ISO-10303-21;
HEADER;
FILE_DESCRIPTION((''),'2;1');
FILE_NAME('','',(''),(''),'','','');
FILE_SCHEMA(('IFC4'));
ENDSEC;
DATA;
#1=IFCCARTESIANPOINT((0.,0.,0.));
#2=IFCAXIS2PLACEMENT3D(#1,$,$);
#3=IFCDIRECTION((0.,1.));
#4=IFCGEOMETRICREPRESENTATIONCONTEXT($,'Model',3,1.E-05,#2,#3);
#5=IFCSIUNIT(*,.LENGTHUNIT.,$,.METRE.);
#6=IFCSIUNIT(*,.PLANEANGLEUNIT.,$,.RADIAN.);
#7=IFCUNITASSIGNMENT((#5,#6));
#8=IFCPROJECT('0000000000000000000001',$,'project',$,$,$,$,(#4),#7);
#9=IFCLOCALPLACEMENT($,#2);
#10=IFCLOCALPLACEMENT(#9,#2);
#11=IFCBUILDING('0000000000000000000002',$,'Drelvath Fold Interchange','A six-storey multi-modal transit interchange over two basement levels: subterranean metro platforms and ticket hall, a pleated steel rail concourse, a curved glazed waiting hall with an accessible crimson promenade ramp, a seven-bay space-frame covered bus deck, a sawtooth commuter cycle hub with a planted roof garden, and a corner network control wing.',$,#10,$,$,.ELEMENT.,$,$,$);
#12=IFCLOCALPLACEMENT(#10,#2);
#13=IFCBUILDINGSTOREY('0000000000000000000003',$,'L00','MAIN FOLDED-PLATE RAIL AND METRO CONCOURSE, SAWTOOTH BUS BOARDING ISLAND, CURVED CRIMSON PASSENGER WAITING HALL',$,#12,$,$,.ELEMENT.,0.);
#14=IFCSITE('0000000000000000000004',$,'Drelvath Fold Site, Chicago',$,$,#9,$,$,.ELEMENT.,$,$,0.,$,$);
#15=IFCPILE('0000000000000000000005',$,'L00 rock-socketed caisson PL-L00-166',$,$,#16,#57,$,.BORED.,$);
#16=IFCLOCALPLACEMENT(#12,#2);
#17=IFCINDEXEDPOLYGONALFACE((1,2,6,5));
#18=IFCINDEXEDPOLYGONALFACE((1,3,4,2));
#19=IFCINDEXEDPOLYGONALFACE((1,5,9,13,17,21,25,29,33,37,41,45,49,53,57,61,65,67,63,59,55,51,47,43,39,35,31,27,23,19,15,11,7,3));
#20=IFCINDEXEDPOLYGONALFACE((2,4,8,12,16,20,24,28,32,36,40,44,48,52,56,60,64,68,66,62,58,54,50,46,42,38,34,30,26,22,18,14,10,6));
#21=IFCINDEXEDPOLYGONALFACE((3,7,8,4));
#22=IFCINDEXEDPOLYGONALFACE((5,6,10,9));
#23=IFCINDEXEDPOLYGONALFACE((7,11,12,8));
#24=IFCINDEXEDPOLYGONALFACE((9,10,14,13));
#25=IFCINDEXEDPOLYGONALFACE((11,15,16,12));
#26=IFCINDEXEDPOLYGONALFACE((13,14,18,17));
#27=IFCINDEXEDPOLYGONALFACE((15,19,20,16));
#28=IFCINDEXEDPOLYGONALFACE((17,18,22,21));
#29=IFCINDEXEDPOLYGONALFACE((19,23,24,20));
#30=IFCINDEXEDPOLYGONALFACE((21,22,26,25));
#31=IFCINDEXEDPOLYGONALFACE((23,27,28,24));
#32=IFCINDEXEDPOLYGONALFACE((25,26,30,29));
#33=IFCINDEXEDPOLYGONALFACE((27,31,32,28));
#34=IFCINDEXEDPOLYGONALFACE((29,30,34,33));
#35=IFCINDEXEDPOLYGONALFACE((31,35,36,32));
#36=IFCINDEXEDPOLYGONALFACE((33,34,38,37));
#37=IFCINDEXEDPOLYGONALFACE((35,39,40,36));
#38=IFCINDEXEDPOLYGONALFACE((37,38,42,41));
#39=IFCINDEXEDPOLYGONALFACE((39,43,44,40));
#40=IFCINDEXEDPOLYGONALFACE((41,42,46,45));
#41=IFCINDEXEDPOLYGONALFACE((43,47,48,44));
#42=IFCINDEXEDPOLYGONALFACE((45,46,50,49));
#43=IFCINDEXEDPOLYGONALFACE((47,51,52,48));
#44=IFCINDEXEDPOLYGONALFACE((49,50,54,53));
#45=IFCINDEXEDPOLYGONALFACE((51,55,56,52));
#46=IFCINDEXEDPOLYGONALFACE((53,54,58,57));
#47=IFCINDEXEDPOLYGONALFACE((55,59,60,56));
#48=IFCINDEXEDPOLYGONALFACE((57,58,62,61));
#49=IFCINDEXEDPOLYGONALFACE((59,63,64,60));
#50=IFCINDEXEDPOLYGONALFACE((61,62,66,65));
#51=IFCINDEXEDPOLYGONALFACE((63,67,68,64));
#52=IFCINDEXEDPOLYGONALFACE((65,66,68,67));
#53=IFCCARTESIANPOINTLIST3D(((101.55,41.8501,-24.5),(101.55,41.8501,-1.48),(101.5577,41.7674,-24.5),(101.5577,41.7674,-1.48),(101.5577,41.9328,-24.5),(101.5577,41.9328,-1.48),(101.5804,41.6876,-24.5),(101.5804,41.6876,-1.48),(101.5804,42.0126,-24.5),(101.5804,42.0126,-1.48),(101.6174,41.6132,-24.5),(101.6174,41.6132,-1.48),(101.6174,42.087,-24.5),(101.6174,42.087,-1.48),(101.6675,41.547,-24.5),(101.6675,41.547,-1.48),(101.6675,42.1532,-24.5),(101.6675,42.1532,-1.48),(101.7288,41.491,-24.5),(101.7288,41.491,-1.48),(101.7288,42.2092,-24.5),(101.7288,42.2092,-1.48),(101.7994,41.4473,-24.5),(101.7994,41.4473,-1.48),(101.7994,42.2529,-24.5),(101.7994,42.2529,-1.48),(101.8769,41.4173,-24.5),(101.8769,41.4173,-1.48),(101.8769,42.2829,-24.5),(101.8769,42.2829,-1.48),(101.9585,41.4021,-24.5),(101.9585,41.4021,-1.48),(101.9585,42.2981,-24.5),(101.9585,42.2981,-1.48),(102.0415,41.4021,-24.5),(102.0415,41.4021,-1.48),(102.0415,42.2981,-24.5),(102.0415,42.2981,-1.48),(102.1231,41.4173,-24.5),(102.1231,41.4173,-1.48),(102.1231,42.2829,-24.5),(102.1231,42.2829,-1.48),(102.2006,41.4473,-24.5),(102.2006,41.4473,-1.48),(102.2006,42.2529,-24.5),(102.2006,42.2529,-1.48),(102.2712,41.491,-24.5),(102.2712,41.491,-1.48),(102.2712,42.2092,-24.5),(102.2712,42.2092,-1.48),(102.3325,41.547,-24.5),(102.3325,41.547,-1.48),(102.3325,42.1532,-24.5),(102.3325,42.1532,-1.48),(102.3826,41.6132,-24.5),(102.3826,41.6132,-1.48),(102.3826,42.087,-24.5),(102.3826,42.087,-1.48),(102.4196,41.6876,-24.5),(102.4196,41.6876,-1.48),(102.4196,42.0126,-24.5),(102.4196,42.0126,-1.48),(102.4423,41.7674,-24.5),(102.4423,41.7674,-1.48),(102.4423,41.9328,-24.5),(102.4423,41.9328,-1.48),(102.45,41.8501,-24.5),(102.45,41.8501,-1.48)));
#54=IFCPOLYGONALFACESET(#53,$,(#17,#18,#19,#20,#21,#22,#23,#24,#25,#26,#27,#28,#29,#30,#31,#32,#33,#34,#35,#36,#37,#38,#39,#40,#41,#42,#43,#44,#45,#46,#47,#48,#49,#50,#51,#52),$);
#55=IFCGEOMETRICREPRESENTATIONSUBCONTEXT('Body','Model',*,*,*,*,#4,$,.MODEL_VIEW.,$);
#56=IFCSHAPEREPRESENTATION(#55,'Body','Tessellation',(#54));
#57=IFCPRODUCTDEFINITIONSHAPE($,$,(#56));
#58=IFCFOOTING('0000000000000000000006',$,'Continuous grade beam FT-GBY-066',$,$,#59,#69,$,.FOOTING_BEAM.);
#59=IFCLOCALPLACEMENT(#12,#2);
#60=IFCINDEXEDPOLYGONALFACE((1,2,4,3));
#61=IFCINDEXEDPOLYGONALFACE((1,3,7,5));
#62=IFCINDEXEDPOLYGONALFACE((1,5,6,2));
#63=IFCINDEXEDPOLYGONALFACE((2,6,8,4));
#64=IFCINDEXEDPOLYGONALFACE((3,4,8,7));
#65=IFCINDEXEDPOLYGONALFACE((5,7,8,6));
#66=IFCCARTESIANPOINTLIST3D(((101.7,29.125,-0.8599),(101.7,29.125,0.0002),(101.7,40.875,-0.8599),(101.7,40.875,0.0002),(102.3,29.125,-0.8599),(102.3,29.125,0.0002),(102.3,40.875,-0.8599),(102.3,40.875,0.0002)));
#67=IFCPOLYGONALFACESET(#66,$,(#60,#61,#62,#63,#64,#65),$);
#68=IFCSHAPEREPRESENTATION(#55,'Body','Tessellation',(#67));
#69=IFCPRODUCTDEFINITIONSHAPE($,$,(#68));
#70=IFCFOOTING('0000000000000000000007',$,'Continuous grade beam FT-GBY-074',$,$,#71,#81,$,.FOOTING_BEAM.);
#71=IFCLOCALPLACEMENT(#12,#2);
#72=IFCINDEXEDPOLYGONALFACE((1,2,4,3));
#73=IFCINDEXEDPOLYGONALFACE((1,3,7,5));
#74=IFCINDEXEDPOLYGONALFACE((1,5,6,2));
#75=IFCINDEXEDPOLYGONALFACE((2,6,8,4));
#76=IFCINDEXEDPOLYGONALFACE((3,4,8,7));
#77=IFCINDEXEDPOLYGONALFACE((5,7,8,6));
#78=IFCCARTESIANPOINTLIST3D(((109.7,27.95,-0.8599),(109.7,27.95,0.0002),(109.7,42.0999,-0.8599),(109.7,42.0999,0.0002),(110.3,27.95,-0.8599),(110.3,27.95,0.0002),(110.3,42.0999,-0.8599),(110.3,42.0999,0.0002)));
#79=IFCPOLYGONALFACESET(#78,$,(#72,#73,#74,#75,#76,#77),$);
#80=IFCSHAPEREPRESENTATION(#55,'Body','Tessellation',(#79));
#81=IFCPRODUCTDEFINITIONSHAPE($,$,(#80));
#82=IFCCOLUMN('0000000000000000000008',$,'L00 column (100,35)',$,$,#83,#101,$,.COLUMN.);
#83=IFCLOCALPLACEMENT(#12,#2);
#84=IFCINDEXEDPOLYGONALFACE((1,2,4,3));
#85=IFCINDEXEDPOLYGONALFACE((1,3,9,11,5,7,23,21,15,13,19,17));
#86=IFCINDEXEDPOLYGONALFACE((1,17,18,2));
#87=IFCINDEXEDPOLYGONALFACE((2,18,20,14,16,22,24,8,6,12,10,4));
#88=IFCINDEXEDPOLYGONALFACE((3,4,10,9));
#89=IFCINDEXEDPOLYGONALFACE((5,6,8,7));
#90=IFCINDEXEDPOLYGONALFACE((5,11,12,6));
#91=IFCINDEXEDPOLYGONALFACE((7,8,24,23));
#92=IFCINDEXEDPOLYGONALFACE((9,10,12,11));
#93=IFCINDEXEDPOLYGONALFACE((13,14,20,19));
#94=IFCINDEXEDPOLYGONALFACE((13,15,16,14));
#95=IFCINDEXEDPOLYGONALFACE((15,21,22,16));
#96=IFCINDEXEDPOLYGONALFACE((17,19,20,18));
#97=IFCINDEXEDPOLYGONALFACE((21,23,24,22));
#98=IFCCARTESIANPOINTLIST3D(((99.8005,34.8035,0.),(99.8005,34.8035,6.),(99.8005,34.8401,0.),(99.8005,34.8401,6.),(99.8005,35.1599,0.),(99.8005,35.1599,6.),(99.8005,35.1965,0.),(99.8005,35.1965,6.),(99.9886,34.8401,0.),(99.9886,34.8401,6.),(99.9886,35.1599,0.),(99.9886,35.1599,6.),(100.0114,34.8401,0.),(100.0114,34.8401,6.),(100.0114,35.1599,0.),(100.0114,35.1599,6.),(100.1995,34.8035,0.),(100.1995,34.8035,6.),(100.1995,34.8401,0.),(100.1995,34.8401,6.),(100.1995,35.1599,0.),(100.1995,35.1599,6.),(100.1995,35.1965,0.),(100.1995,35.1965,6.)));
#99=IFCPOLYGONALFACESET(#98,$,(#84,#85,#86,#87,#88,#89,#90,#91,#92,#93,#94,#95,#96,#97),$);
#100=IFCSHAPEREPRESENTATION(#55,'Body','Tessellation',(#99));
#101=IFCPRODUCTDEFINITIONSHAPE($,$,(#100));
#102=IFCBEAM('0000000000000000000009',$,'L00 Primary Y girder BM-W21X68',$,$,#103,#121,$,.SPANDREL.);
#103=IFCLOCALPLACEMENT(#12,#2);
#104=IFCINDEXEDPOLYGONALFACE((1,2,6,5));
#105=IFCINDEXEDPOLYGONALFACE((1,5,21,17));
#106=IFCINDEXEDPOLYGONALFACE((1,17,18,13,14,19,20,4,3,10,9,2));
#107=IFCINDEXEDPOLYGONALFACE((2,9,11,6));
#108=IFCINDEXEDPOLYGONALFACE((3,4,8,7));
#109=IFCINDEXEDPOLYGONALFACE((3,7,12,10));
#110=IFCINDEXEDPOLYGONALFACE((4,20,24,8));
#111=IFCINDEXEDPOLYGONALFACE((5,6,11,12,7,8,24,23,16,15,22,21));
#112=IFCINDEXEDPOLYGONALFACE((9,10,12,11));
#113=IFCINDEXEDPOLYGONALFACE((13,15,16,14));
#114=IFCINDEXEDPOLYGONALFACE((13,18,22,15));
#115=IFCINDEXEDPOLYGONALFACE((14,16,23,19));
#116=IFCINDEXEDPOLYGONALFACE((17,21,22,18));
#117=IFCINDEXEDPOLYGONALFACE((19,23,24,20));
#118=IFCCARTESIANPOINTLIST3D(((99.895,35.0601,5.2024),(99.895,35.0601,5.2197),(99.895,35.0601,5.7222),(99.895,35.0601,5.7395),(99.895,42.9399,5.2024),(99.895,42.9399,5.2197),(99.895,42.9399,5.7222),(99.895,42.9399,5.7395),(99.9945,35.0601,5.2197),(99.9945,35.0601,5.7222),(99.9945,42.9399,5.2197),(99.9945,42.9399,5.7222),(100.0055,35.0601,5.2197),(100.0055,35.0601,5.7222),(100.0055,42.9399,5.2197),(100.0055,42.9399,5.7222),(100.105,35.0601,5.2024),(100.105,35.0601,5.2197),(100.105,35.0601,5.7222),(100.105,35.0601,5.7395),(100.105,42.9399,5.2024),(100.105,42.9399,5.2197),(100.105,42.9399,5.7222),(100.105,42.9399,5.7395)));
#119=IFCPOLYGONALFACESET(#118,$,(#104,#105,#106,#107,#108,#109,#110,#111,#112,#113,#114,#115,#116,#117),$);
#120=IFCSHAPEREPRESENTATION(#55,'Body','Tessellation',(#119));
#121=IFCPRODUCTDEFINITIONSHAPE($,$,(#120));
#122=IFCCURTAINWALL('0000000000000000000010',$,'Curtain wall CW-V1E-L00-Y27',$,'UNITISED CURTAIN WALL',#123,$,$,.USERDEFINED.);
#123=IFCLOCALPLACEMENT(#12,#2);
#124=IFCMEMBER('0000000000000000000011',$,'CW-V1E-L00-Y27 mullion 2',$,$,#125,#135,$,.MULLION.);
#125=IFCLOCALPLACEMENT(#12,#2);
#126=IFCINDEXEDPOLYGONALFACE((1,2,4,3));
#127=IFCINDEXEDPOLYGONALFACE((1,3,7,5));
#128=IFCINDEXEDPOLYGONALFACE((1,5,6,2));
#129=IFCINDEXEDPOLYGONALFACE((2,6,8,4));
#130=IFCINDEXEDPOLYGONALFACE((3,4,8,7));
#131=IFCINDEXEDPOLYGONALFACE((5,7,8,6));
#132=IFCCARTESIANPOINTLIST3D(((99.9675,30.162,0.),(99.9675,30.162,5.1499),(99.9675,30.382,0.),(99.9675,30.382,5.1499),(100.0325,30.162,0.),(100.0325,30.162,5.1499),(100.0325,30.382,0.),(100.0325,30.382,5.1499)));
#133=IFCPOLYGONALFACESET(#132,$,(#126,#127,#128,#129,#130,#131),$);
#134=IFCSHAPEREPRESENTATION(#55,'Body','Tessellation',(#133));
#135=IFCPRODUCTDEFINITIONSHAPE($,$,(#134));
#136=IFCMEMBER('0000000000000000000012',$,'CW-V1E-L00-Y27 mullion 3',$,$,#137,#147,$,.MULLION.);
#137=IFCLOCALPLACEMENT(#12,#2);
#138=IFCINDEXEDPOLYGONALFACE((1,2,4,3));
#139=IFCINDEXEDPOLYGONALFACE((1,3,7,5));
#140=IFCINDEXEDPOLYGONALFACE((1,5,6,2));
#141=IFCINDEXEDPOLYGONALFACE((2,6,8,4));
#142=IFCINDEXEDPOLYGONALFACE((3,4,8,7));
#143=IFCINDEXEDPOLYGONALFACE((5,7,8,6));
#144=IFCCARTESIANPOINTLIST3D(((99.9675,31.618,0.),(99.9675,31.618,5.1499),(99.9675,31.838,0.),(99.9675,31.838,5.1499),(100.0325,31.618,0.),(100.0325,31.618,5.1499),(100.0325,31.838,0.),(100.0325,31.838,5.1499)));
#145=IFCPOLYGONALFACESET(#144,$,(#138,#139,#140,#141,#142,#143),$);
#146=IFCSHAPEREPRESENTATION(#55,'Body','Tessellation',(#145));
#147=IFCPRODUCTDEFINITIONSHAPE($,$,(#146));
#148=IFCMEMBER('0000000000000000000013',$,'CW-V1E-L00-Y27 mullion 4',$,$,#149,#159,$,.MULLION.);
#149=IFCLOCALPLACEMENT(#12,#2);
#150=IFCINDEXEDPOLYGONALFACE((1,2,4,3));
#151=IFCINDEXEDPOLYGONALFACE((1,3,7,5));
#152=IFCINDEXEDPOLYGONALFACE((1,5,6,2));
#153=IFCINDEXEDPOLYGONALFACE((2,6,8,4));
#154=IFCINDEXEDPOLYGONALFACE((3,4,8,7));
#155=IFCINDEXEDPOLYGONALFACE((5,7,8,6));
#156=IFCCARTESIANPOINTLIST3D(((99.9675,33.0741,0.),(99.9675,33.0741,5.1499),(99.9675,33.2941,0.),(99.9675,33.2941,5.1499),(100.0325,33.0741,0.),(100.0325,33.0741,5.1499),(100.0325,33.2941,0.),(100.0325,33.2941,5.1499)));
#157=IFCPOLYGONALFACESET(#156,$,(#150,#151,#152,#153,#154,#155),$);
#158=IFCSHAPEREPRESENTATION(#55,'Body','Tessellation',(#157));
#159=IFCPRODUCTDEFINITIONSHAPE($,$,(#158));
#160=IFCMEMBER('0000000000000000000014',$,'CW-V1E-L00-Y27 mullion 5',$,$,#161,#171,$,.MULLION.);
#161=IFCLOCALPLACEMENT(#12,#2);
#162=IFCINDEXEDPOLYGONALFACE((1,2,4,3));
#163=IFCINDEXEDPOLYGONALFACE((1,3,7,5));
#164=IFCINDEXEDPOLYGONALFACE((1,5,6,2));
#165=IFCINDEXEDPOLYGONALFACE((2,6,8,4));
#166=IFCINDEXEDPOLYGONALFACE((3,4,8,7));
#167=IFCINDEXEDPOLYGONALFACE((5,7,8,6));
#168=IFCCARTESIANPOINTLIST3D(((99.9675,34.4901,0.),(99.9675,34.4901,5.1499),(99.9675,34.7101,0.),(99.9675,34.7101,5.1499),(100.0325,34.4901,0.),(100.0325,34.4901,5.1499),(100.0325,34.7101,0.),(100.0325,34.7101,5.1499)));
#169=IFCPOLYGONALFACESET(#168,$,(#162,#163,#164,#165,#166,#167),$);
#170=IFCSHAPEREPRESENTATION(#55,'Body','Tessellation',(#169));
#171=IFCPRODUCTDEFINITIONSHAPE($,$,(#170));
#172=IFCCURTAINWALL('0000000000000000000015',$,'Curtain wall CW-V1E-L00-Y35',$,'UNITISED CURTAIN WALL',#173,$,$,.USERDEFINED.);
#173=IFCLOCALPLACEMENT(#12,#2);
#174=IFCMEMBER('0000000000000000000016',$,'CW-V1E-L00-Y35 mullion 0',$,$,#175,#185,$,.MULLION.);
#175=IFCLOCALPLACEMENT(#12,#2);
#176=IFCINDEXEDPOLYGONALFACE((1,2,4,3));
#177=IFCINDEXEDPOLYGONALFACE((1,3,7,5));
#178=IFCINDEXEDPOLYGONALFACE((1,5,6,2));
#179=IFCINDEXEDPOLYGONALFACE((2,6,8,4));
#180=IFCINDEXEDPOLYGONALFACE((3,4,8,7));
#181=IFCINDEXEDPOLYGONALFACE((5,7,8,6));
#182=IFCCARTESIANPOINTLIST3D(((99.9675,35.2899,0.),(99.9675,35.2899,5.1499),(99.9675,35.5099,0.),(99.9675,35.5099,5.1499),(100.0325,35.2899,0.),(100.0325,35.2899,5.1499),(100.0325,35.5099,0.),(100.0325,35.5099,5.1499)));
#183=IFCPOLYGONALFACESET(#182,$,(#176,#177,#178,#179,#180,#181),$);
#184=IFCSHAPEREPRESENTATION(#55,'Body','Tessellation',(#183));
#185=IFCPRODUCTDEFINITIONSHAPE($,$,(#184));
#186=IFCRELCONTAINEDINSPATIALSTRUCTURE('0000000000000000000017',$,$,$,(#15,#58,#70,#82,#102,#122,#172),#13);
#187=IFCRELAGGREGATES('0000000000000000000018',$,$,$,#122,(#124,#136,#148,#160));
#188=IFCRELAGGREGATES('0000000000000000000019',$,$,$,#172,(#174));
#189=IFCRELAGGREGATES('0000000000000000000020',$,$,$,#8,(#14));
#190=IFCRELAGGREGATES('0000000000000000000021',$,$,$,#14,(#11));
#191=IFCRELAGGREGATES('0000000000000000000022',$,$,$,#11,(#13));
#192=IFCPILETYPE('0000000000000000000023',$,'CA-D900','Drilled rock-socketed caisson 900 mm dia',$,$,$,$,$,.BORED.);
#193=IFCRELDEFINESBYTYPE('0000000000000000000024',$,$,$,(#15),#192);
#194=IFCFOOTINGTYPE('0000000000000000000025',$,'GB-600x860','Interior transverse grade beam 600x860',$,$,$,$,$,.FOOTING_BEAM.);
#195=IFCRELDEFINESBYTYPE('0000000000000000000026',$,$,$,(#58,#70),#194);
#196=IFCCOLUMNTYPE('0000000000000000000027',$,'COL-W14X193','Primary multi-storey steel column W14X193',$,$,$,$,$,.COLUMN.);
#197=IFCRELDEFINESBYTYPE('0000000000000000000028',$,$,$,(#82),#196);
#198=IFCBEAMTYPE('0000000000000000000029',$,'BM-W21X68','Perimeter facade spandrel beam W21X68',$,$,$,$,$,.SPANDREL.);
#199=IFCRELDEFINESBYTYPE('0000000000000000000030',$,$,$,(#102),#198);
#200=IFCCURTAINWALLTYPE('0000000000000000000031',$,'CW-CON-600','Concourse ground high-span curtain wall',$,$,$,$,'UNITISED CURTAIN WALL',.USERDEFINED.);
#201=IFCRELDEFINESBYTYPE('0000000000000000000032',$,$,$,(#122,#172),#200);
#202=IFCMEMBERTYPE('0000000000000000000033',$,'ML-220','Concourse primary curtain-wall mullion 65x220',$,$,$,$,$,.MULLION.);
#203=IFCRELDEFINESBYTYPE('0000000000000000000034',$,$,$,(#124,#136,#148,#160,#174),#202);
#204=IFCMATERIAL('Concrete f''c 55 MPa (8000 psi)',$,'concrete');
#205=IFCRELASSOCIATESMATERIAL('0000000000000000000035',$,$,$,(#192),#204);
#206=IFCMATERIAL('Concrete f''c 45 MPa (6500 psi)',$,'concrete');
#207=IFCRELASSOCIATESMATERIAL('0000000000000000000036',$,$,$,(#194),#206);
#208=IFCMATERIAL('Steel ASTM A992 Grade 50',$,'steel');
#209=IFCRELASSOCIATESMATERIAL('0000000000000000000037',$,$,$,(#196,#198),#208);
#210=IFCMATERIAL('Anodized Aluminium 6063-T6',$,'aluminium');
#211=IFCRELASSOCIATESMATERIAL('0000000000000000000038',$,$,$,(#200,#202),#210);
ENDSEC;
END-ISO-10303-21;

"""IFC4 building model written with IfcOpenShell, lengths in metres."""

from ifc_helpers import new_model, si_unit, direction, frame, origin, origin_2d, place, context, subcontext, project, spatial, rectangle, circle, i_section, extrude, material, material_profile, profile_set, type_object, element, aggregate, save


model = new_model("IFC4")

# Units and contexts
model_context = context("Model", 3, precision=1e-05, world=origin(), true_north=direction((0.0, 1.0)))
body_context = subcontext(model_context, "Body", "Model", "MODEL_VIEW")
ifc_project = project(units=[si_unit("LENGTHUNIT", "METRE"), si_unit("PLANEANGLEUNIT", "RADIAN")], contexts=[model_context])

# Site, building, storey
site_placement = place(None, origin())
site = spatial("IfcSite", under=ifc_project, at=site_placement, Name="Drelvath Fold Site, Chicago", CompositionType="ELEMENT", RefElevation=0.0)
building_placement = place(site_placement, origin())
building = spatial("IfcBuilding", under=site, at=building_placement, Name="Drelvath Fold Interchange", Description="A six-storey multi-modal transit interchange over two basement levels: subterranean metro platforms and ticket hall, a pleated steel rail concourse, a curved glazed waiting hall with an accessible crimson promenade ramp, a seven-bay space-frame covered bus deck, a sawtooth commuter cycle hub with a planted roof garden, and a corner network control wing.", CompositionType="ELEMENT")
storey_placement = place(building_placement, origin())
storey = spatial("IfcBuildingStorey", under=building, at=storey_placement, Name="L00", Description="MAIN FOLDED-PLATE RAIL AND METRO CONCOURSE, SAWTOOTH BUS BOARDING ISLAND, CURVED CRIMSON PASSENGER WAITING HALL", CompositionType="ELEMENT", Elevation=0.0)

# Pile
ifc_material_1 = material(Name="Concrete f'c 55 MPa (8000 psi)", Category="concrete")
ifc_material_profile_1 = material_profile(ifc_material_1, circle(Radius=0.45, at=origin_2d()), Name="CAISSON D900")
ifc_profile_set_1 = profile_set([ifc_material_profile_1], Name="Concrete f'c 55 MPa (8000 psi)")
pile_type = type_object("IfcPileType", Name="CA-D900", Description="Drilled rock-socketed caisson 900 mm dia", PredefinedType="BORED", material=ifc_profile_set_1)
pile_placement = place(storey_placement, frame((102.0, 41.8501, -1.48), z_axis=(0.0, 0.0, -1.0), x_axis=(1.0, 0.0, 0.0)))
element("IfcPile", 1, at=pile_placement, inside=storey, type_object=pile_type, Name="L00 rock-socketed caisson PL-L00-166", PredefinedType="BORED", context=body_context, shape_type="SweptSolid", body=[
    extrude(circle(Radius=0.45, at=origin_2d()), origin(), (0.0, 0.0, 1.0), 23.02),
])

# Footings
ifc_material_2 = material(Name="Concrete f'c 45 MPa (6500 psi)", Category="concrete")
footing_type = type_object("IfcFootingType", Name="GB-600x860", Description="Interior transverse grade beam 600x860", PredefinedType="FOOTING_BEAM", material=ifc_material_2)
footing_1_placement = place(storey_placement, frame((102.0, 35.0, -0.8599), z_axis=(0.0, 0.0, 1.0), x_axis=(1.0, 0.0, 0.0)))
element("IfcFooting", 2, at=footing_1_placement, inside=storey, type_object=footing_type, Name="Continuous grade beam FT-GBY-066", PredefinedType="FOOTING_BEAM", context=body_context, shape_type="SweptSolid", body=[
    extrude(rectangle(XDim=0.6001, YDim=11.75, at=origin_2d()), origin(), (0.0, 0.0, 1.0), 0.8601),
])
footing_2_placement = place(storey_placement, frame((110.0, 35.0249, -0.8599), z_axis=(0.0, 0.0, 1.0), x_axis=(1.0, 0.0, 0.0)))
element("IfcFooting", 3, at=footing_2_placement, inside=storey, type_object=footing_type, Name="Continuous grade beam FT-GBY-074", PredefinedType="FOOTING_BEAM", context=body_context, shape_type="SweptSolid", body=[
    extrude(rectangle(XDim=0.6001, YDim=14.1499, at=origin_2d()), origin(), (0.0, 0.0, 1.0), 0.8601),
])

# Column
ifc_material_3 = material(Name="Steel ASTM A992 Grade 50", Category="steel")
ifc_material_profile_2 = material_profile(ifc_material_3, i_section(OverallWidth=0.3989, OverallDepth=0.3931, WebThickness=0.0227, FlangeThickness=0.0366, at=origin_2d()), Name="W14X193")
ifc_profile_set_2 = profile_set([ifc_material_profile_2], Name="Steel ASTM A992 Grade 50")
column_type = type_object("IfcColumnType", Name="COL-W14X193", Description="Primary multi-storey steel column W14X193", PredefinedType="COLUMN", material=ifc_profile_set_2)
column_placement = place(storey_placement, frame((100.0, 35.0, 0.0), z_axis=(0.0, 0.0, 1.0), x_axis=(1.0, 0.0, 0.0)))
element("IfcColumn", 4, at=column_placement, inside=storey, type_object=column_type, Name="L00 column (100,35)", PredefinedType="COLUMN", context=body_context, shape_type="SweptSolid", body=[
    extrude(i_section(OverallWidth=0.3989, OverallDepth=0.3931, WebThickness=0.0227, FlangeThickness=0.0366, at=origin_2d()), origin(), (0.0, 0.0, 1.0), 6.0),
])

# Beam
ifc_material_profile_3 = material_profile(ifc_material_3, i_section(OverallWidth=0.21, OverallDepth=0.5371, WebThickness=0.011, FlangeThickness=0.0173, at=origin_2d()), Name="W21X68")
ifc_profile_set_3 = profile_set([ifc_material_profile_3], Name="Steel ASTM A992 Grade 50")
beam_type = type_object("IfcBeamType", Name="BM-W21X68", Description="Perimeter facade spandrel beam W21X68", PredefinedType="SPANDREL", material=ifc_profile_set_3)
beam_placement = place(storey_placement, frame((100.0, 35.0601, 5.4709), z_axis=(0.0, 1.0, 0.0), x_axis=(-1.0, 0.0, 0.0)))
element("IfcBeam", 5, at=beam_placement, inside=storey, type_object=beam_type, Name="L00 Primary Y girder BM-W21X68", PredefinedType="SPANDREL", context=body_context, shape_type="SweptSolid", body=[
    extrude(i_section(OverallWidth=0.21, OverallDepth=0.5371, WebThickness=0.011, FlangeThickness=0.0173, at=origin_2d()), origin(), (0.0, 0.0, 1.0), 7.8799),
])

# Curtain walls, members
ifc_material_4 = material(Name="Anodized Aluminium 6063-T6", Category="aluminium")
curtain_wall_type = type_object("IfcCurtainWallType", Name="CW-CON-600", Description="Concourse ground high-span curtain wall", ElementType="UNITISED CURTAIN WALL", PredefinedType="USERDEFINED", material=ifc_material_4)
curtain_wall_1_placement = place(storey_placement, origin())
curtain_wall_1 = element("IfcCurtainWall", 6, at=curtain_wall_1_placement, inside=storey, type_object=curtain_wall_type, Name="Curtain wall CW-V1E-L00-Y27", ObjectType="UNITISED CURTAIN WALL", PredefinedType="USERDEFINED")
ifc_material_profile_4 = material_profile(ifc_material_4, rectangle(XDim=0.0649, YDim=0.22, at=origin_2d()), Name="AL-M 65x220")
ifc_profile_set_4 = profile_set([ifc_material_profile_4], Name="Anodized Aluminium 6063-T6")
member_type_1 = type_object("IfcMemberType", Name="ML-220", Description="Concourse primary curtain-wall mullion 65x220", PredefinedType="MULLION", material=ifc_profile_set_4)
member_1_placement = place(storey_placement, frame((100.0, 30.272, 0.0), z_axis=(0.0, 0.0, 1.0), x_axis=(1.0, 0.0, 0.0)))
member_1 = element("IfcMember", 7, at=member_1_placement, type_object=member_type_1, Name="CW-V1E-L00-Y27 mullion 2", PredefinedType="MULLION", context=body_context, shape_type="SweptSolid", body=[
    extrude(rectangle(XDim=0.0649, YDim=0.22, at=origin_2d()), origin(), (0.0, 0.0, 1.0), 5.1499),
])
member_2_placement = place(storey_placement, frame((100.0, 31.728, 0.0), z_axis=(0.0, 0.0, 1.0), x_axis=(1.0, 0.0, 0.0)))
member_2 = element("IfcMember", 8, at=member_2_placement, type_object=member_type_1, Name="CW-V1E-L00-Y27 mullion 3", PredefinedType="MULLION", context=body_context, shape_type="SweptSolid", body=[
    extrude(rectangle(XDim=0.0649, YDim=0.22, at=origin_2d()), origin(), (0.0, 0.0, 1.0), 5.1499),
])
member_3_placement = place(storey_placement, frame((100.0, 33.1841, 0.0), z_axis=(0.0, 0.0, 1.0), x_axis=(1.0, 0.0, 0.0)))
member_3 = element("IfcMember", 9, at=member_3_placement, type_object=member_type_1, Name="CW-V1E-L00-Y27 mullion 4", PredefinedType="MULLION", context=body_context, shape_type="SweptSolid", body=[
    extrude(rectangle(XDim=0.0649, YDim=0.22, at=origin_2d()), origin(), (0.0, 0.0, 1.0), 5.1499),
])
member_4_placement = place(storey_placement, frame((100.0, 34.6001, 0.0), z_axis=(0.0, 0.0, 1.0), x_axis=(1.0, 0.0, 0.0)))
member_4 = element("IfcMember", 10, at=member_4_placement, type_object=member_type_1, Name="CW-V1E-L00-Y27 mullion 5", PredefinedType="MULLION", context=body_context, shape_type="SweptSolid", body=[
    extrude(rectangle(XDim=0.0649, YDim=0.22, at=origin_2d()), origin(), (0.0, 0.0, 1.0), 5.1499),
])
curtain_wall_2_placement = place(storey_placement, origin())
curtain_wall_2 = element("IfcCurtainWall", 11, at=curtain_wall_2_placement, inside=storey, type_object=curtain_wall_type, Name="Curtain wall CW-V1E-L00-Y35", ObjectType="UNITISED CURTAIN WALL", PredefinedType="USERDEFINED")
member_5_placement = place(storey_placement, frame((100.0, 35.3999, 0.0), z_axis=(0.0, 0.0, 1.0), x_axis=(1.0, 0.0, 0.0)))
member_5 = element("IfcMember", 12, at=member_5_placement, type_object=member_type_1, Name="CW-V1E-L00-Y35 mullion 0", PredefinedType="MULLION", context=body_context, shape_type="SweptSolid", body=[
    extrude(rectangle(XDim=0.0649, YDim=0.22, at=origin_2d()), origin(), (0.0, 0.0, 1.0), 5.1499),
])

aggregate(curtain_wall_1, [member_1, member_2, member_3, member_4])
aggregate(curtain_wall_2, [member_5])

save(model, "model.ifc")
